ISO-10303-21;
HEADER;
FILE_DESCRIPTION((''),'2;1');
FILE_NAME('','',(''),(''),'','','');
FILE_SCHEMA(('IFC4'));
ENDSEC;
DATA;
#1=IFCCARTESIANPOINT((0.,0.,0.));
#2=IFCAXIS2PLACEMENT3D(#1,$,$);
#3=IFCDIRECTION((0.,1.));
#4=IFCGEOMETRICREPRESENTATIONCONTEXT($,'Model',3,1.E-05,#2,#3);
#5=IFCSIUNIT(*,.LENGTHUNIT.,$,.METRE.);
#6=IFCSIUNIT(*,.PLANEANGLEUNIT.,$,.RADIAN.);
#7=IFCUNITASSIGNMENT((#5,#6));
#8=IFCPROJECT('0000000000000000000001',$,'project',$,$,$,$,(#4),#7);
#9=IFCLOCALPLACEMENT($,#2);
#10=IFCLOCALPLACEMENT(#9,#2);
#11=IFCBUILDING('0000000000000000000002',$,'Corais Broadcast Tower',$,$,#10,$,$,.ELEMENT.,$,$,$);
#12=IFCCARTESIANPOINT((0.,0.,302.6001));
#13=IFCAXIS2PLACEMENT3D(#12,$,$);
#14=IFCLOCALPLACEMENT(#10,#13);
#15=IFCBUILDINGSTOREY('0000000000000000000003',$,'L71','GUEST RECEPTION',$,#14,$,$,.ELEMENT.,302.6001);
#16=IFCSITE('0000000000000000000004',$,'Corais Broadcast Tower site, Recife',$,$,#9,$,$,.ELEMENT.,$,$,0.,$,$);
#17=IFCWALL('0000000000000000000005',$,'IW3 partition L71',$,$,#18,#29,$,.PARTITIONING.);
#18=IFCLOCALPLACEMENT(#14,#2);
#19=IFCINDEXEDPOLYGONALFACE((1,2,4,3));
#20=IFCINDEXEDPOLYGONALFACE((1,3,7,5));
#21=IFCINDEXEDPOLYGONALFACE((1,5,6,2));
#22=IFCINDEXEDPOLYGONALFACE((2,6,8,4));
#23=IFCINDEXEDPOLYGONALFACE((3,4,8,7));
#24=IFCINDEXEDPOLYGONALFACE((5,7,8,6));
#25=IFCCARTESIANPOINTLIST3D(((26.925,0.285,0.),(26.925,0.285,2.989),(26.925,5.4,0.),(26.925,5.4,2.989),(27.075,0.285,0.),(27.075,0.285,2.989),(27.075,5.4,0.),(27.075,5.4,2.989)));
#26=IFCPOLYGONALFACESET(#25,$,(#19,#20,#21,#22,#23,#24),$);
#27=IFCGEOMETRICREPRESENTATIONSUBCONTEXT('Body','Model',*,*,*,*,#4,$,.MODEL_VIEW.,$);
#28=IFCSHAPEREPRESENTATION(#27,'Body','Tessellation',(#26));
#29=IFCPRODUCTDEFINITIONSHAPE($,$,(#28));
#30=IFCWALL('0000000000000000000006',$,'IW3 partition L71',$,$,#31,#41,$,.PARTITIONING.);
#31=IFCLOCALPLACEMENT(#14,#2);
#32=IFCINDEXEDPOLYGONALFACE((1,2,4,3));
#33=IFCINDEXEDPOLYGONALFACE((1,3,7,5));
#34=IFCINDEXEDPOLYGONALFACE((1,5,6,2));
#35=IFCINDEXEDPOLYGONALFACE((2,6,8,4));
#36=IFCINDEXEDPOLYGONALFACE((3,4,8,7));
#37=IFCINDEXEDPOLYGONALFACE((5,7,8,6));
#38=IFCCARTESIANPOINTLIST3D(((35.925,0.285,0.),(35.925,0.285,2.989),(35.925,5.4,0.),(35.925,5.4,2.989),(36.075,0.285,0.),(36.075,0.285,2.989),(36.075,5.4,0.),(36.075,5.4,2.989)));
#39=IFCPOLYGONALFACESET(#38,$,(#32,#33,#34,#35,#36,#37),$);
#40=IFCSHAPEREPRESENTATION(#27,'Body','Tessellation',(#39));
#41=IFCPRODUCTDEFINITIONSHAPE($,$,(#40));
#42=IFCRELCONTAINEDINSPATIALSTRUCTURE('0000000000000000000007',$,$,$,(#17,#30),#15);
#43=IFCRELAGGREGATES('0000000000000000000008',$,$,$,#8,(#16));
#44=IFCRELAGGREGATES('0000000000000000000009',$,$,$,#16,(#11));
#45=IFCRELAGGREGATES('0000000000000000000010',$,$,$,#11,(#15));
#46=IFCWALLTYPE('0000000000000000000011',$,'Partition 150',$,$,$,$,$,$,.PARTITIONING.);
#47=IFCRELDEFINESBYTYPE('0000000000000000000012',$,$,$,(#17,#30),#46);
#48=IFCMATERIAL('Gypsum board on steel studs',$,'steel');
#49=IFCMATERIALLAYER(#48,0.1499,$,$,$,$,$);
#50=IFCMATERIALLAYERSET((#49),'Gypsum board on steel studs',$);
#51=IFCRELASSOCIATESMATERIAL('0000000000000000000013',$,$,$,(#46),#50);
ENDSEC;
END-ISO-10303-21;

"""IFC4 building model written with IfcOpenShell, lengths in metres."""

from ifc_helpers import new_model, si_unit, direction, frame, frame_2d, origin, place, context, subcontext, project, spatial, rectangle, extrude, material, layer, layer_set, type_object, element, save


model = new_model("IFC4")

# Units and contexts
model_context = context("Model", 3, precision=1e-05, world=origin(), true_north=direction((0.0, 1.0)))
body_context = subcontext(model_context, "Body", "Model", "MODEL_VIEW")
ifc_project = project(units=[si_unit("LENGTHUNIT", "METRE"), si_unit("PLANEANGLEUNIT", "RADIAN")], contexts=[model_context])

# Site, building, storey
site_placement = place(None, origin())
site = spatial("IfcSite", under=ifc_project, at=site_placement, Name="Corais Broadcast Tower site, Recife", CompositionType="ELEMENT", RefElevation=0.0)
building_placement = place(site_placement, origin())
building = spatial("IfcBuilding", under=site, at=building_placement, Name="Corais Broadcast Tower", CompositionType="ELEMENT")
storey_placement = place(building_placement, frame((0.0, 0.0, 302.6001)))
storey = spatial("IfcBuildingStorey", under=building, at=storey_placement, Name="L71", Description="GUEST RECEPTION", CompositionType="ELEMENT", Elevation=302.6001)

# Walls
ifc_material_1 = material(Name="Gypsum board on steel studs", Category="steel")
ifc_layer_1 = layer(ifc_material_1, 0.1499)
ifc_layer_set_1 = layer_set([ifc_layer_1], Name="Gypsum board on steel studs")
wall_type = type_object("IfcWallType", Name="Partition 150", PredefinedType="PARTITIONING", material=ifc_layer_set_1)
for number, where, z_axis, x_axis, name in (
    (1, (27.0, 0.2849, 0.0), (0.0, 0.0, 1.0), (0.0, 1.0, 0.0), "IW3 partition L71"),
    (2, (36.0, 0.2849, 0.0), (0.0, 0.0, 1.0), (0.0, 1.0, 0.0), "IW3 partition L71"),
):
    element("IfcWall", number, at=place(storey_placement, frame(where, z_axis=z_axis, x_axis=x_axis)), inside=storey, type_object=wall_type, Name=name, PredefinedType="PARTITIONING", context=body_context, shape_type="SweptSolid", body=[
        extrude(rectangle(XDim=5.115, YDim=0.1499, at=frame_2d((2.5576, 0.0))), origin(), (0.0, 0.0, 1.0), 2.989),
    ])

save(model, "model.ifc")
